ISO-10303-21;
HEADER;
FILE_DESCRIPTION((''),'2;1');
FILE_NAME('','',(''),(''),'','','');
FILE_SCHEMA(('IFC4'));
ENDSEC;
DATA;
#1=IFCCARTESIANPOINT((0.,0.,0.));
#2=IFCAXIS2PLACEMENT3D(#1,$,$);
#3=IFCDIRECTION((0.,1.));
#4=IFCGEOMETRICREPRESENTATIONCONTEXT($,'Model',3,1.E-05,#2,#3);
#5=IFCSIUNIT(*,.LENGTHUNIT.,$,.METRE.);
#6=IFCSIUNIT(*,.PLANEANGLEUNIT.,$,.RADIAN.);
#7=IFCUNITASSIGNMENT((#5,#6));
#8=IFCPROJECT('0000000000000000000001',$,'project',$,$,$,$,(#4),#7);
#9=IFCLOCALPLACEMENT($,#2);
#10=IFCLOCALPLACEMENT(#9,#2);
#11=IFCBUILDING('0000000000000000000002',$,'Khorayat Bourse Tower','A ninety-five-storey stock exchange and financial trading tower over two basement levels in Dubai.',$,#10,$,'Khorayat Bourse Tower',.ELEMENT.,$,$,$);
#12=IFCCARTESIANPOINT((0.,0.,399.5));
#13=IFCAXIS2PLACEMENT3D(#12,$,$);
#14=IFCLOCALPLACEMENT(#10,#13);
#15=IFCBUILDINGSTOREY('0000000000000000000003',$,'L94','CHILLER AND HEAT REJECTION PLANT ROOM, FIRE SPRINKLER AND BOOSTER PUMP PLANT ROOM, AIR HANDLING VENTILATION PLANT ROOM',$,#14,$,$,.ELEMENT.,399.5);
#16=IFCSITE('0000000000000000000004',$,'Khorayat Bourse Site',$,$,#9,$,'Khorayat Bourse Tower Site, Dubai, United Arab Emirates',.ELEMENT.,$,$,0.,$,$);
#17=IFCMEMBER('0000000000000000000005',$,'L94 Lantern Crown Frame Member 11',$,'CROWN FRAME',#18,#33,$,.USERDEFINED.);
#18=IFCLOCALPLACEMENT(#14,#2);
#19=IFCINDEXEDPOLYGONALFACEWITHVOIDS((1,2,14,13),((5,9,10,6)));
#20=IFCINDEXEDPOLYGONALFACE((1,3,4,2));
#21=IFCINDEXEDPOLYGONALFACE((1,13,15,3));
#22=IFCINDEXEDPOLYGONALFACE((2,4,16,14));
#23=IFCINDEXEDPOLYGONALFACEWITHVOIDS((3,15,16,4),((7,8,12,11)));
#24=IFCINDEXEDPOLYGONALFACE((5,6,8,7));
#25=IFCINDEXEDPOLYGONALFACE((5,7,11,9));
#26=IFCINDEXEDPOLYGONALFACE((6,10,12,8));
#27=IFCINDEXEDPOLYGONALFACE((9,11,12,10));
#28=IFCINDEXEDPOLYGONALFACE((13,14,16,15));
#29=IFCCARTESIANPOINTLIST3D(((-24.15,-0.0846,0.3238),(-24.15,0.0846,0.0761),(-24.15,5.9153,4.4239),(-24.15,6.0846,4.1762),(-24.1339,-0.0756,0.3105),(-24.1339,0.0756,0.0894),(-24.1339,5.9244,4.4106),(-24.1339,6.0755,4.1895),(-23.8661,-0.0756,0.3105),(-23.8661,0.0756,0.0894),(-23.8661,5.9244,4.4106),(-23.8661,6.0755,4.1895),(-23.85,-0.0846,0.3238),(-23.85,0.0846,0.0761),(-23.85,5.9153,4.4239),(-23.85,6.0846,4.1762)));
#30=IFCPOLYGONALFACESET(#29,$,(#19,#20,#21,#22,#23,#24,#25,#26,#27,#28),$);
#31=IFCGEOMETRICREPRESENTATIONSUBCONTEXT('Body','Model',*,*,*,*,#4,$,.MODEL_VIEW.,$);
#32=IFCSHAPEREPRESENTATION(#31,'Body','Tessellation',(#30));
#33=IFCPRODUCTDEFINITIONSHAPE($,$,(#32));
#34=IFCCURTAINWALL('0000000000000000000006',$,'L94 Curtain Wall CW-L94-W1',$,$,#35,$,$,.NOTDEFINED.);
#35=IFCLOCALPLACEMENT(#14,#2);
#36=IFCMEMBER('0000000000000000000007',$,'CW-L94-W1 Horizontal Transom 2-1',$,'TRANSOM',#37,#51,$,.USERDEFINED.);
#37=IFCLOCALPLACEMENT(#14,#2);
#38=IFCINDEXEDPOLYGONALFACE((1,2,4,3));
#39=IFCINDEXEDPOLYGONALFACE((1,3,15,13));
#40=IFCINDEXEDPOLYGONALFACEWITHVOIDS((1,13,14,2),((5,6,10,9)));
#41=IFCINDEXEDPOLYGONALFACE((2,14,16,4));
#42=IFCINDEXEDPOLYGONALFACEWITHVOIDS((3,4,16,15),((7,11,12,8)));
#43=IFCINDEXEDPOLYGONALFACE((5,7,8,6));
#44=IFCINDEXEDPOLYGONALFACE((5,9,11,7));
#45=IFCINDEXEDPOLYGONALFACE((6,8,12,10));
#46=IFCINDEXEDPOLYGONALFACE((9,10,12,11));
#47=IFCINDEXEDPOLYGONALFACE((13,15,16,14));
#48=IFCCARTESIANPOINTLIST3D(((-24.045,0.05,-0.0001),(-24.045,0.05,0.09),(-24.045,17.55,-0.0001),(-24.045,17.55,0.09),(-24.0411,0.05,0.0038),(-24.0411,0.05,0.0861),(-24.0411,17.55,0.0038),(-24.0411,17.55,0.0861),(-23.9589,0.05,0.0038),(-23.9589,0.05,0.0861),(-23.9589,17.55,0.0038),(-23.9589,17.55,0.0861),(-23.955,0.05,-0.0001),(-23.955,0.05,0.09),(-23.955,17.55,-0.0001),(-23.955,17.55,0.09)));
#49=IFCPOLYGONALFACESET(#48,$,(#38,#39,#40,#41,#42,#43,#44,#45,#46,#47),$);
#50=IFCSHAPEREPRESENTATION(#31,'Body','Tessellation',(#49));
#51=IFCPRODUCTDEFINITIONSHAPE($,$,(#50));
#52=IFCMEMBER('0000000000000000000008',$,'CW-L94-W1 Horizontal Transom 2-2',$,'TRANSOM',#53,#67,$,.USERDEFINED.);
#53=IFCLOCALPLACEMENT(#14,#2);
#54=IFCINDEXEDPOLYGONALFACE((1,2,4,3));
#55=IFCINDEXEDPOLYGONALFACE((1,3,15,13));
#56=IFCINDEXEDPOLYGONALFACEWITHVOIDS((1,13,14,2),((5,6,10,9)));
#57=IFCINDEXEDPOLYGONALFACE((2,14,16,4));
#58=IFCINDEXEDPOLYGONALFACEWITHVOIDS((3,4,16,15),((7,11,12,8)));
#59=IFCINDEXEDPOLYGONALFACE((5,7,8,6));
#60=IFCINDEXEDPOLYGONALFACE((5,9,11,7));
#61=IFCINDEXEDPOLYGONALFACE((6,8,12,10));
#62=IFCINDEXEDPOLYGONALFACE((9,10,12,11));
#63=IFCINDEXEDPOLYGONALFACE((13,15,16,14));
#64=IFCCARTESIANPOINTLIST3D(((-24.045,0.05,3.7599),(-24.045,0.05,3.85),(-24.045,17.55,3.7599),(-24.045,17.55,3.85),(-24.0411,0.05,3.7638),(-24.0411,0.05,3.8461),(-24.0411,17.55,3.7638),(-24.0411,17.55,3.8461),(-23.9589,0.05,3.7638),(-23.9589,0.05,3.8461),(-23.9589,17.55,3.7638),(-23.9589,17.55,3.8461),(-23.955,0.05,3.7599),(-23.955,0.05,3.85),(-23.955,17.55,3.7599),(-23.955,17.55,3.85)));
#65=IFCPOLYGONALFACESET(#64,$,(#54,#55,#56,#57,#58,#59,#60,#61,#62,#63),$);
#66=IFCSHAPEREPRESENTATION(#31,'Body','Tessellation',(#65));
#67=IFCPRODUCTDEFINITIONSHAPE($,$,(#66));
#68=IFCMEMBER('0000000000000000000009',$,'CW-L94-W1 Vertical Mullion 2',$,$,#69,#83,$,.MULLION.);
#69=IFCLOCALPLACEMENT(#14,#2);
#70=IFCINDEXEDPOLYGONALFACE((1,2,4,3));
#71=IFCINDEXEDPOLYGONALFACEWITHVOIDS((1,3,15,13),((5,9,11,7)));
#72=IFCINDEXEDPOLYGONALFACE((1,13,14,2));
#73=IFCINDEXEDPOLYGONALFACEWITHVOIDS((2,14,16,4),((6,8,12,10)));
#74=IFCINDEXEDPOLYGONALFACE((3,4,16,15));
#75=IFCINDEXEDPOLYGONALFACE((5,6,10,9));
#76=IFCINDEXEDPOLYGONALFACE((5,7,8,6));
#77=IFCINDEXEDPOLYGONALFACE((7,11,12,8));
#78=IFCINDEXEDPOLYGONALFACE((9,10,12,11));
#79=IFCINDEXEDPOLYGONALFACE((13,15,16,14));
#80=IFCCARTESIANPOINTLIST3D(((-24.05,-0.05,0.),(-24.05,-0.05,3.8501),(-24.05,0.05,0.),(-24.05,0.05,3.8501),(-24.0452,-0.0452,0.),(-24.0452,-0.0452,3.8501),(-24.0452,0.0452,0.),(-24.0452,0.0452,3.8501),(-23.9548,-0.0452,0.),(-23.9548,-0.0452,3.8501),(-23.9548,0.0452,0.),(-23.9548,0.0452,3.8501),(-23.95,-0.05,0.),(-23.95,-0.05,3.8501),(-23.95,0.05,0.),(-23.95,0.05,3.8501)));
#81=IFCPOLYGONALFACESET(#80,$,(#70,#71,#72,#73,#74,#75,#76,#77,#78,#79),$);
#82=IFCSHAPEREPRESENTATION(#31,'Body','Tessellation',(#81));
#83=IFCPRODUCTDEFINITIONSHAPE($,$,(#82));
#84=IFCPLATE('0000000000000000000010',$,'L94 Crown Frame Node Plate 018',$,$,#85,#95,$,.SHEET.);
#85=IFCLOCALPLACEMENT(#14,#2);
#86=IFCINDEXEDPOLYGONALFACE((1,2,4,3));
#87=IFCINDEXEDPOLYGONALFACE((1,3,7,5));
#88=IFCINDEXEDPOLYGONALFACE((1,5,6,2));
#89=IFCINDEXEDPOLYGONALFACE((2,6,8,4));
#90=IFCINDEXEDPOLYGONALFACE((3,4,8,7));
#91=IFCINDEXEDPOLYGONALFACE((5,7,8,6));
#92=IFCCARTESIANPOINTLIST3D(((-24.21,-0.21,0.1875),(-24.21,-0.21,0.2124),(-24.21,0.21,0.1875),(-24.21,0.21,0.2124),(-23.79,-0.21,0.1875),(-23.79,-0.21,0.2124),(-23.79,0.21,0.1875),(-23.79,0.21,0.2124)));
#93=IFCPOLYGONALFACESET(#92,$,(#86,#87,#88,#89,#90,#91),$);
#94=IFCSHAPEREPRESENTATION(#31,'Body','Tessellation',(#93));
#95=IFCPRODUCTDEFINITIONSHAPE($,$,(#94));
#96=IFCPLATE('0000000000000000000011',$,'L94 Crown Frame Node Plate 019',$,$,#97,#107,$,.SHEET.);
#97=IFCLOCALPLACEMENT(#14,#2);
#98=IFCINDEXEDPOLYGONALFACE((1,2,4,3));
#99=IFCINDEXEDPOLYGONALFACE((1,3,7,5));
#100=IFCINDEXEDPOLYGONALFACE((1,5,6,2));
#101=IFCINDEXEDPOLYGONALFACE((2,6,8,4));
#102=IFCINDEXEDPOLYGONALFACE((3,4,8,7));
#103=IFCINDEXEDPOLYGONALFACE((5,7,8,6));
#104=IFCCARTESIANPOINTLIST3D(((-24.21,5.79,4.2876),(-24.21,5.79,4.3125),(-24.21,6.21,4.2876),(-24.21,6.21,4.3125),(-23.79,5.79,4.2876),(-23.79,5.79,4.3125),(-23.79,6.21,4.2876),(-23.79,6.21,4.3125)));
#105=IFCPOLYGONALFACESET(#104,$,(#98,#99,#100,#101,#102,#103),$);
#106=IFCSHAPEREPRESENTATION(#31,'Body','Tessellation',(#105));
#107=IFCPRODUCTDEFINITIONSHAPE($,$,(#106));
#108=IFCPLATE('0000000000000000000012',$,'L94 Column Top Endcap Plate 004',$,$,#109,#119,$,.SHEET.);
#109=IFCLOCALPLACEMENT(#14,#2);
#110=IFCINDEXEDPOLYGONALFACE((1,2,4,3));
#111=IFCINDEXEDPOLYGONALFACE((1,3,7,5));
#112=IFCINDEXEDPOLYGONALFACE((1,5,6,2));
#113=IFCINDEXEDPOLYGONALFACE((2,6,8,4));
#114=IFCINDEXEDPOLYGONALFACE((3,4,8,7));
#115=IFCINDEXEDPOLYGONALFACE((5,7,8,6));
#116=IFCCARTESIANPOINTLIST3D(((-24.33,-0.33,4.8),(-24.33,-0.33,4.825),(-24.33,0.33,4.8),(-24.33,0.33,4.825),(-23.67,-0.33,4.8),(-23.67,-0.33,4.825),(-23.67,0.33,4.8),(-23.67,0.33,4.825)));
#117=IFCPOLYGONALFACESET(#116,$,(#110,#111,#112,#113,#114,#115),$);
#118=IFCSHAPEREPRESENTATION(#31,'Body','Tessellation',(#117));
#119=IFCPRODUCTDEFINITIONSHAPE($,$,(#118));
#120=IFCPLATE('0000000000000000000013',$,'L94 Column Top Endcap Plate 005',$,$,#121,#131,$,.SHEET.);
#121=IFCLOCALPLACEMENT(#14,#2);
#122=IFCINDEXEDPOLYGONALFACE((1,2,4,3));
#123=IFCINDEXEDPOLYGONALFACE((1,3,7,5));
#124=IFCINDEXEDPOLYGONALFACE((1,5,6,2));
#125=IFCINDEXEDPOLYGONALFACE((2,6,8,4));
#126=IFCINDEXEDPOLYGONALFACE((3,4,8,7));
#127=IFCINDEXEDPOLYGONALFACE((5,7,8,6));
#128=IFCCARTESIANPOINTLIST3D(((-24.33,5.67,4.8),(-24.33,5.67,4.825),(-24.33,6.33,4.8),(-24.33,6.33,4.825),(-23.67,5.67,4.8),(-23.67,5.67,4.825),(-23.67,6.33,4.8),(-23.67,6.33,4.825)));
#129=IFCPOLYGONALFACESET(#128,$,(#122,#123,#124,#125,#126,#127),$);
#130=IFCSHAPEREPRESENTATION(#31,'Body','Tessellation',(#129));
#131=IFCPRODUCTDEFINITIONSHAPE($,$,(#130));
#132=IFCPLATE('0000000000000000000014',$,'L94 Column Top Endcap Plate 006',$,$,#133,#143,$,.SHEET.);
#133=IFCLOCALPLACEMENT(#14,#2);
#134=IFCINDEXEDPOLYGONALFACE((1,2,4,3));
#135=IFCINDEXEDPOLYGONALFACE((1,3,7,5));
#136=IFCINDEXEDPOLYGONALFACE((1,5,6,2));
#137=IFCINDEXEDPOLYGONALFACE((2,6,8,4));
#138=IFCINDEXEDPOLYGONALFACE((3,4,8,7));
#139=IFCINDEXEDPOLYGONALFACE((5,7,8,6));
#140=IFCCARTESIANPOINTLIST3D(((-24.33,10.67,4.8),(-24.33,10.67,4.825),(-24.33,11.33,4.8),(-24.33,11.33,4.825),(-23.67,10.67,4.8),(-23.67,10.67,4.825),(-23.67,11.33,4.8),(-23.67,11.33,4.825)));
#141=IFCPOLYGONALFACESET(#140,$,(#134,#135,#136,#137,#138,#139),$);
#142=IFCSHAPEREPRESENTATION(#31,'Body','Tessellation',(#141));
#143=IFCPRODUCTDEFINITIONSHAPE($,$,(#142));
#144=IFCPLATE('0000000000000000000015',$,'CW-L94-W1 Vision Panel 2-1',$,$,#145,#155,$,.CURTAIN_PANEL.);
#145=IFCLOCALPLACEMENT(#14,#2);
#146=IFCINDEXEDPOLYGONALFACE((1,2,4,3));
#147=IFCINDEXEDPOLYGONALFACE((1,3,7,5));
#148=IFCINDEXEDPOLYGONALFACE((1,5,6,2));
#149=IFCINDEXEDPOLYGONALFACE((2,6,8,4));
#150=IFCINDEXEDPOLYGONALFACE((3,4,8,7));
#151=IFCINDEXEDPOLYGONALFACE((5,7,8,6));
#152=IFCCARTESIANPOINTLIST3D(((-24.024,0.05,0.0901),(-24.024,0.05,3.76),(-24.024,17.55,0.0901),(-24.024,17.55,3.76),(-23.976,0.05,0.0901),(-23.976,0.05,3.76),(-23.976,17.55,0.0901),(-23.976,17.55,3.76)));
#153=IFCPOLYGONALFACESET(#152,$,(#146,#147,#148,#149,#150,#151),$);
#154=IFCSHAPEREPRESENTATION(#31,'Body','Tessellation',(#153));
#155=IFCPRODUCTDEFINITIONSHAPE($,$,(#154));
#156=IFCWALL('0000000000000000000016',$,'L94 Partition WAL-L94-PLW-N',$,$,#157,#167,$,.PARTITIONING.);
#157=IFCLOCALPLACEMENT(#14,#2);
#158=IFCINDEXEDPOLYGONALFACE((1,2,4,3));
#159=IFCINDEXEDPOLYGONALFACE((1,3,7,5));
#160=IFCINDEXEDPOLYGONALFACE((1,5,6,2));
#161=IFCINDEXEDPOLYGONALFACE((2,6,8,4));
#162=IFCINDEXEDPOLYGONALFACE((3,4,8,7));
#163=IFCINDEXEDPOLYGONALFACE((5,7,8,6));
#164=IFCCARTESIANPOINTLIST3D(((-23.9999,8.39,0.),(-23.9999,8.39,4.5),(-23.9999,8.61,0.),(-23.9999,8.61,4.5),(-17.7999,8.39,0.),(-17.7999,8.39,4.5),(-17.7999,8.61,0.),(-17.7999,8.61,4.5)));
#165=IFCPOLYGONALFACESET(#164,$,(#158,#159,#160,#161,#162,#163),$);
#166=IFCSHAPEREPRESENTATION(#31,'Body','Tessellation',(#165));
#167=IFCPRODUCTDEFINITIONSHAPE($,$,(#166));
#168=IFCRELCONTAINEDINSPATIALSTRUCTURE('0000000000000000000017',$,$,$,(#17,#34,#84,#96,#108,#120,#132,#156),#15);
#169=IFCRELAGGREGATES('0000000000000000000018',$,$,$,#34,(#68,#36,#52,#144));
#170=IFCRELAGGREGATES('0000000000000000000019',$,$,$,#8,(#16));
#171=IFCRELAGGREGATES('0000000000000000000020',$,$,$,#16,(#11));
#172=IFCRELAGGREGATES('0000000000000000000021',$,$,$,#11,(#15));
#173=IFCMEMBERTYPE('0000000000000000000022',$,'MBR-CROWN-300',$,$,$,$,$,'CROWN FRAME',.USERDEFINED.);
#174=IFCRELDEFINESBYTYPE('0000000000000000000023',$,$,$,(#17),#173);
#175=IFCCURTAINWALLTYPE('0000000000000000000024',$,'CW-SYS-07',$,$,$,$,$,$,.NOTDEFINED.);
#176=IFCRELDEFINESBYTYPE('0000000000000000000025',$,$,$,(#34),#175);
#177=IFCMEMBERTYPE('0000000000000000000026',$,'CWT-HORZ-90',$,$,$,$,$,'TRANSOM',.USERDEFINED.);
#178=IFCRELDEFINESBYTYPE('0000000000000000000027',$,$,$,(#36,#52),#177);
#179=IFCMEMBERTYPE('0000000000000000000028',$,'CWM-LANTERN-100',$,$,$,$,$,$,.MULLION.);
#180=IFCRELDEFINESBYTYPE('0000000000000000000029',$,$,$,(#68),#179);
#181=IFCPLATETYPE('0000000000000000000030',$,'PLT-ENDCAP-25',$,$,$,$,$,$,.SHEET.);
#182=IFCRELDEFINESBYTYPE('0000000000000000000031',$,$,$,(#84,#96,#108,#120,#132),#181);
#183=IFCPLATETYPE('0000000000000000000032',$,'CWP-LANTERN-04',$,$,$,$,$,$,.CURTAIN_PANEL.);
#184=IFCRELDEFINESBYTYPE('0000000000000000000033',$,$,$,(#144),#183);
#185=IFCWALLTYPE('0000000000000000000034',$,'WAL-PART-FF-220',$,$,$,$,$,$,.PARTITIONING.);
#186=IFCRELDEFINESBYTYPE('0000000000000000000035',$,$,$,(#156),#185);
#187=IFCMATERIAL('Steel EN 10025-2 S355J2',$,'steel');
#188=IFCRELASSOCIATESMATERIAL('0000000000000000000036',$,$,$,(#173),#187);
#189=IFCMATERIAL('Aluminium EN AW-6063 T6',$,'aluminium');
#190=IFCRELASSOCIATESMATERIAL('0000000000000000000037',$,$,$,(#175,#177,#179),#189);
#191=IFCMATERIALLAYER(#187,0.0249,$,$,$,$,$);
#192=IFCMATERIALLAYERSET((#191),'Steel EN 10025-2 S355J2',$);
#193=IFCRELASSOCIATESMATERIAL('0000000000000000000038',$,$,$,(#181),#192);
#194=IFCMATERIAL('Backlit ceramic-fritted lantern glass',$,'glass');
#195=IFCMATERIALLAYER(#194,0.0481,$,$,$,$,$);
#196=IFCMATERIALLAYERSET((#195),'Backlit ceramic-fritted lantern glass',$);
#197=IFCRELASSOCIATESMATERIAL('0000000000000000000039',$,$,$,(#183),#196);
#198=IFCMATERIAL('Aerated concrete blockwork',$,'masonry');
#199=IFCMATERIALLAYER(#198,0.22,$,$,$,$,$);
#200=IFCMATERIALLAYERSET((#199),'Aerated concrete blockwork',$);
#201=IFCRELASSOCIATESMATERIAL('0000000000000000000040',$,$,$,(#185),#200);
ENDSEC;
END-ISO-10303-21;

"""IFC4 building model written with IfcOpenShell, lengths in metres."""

from ifc_helpers import new_model, si_unit, direction, frame, frame_2d, origin, origin_2d, place, context, subcontext, project, spatial, rectangle, hollow_rectangle, extrude, source, transform, mapped, material, layer, layer_set, material_profile, profile_set, type_object, element, aggregate, save


model = new_model("IFC4")

# Units and contexts
model_context = context("Model", 3, precision=1e-05, world=origin(), true_north=direction((0.0, 1.0)))
body_context = subcontext(model_context, "Body", "Model", "MODEL_VIEW")
ifc_project = project(units=[si_unit("LENGTHUNIT", "METRE"), si_unit("PLANEANGLEUNIT", "RADIAN")], contexts=[model_context])

# Site, building, storey
site_placement = place(None, origin())
site = spatial("IfcSite", under=ifc_project, at=site_placement, Name="Khorayat Bourse Site", LongName="Khorayat Bourse Tower Site, Dubai, United Arab Emirates", CompositionType="ELEMENT", RefElevation=0.0)
building_placement = place(site_placement, origin())
building = spatial("IfcBuilding", under=site, at=building_placement, Name="Khorayat Bourse Tower", Description="A ninety-five-storey stock exchange and financial trading tower over two basement levels in Dubai.", LongName="Khorayat Bourse Tower", CompositionType="ELEMENT")
storey_placement = place(building_placement, frame((0.0, 0.0, 399.5)))
storey = spatial("IfcBuildingStorey", under=building, at=storey_placement, Name="L94", Description="CHILLER AND HEAT REJECTION PLANT ROOM, FIRE SPRINKLER AND BOOSTER PUMP PLANT ROOM, AIR HANDLING VENTILATION PLANT ROOM", CompositionType="ELEMENT", Elevation=399.5)

# Shared definitions
ifc_material_1 = material(Name="Steel EN 10025-2 S355J2", Category="steel")

# Member
ifc_material_profile_1 = material_profile(ifc_material_1, hollow_rectangle(XDim=0.3, YDim=0.3, WallThickness=0.0161, at=origin_2d()), Name="HSS 300x300x16")
ifc_profile_set_1 = profile_set([ifc_material_profile_1], Name="Steel EN 10025-2 S355J2")
member_type_1 = type_object("IfcMemberType", Name="MBR-CROWN-300", ElementType="CROWN FRAME", PredefinedType="USERDEFINED", material=ifc_profile_set_1)
shared_shape_1 = source(origin(), body_context, "Body", "SweptSolid", [
    extrude(hollow_rectangle(XDim=0.3, YDim=0.3, WallThickness=0.0161, at=origin_2d()), origin(), (0.0, 0.0, 1.0), 7.2671),
])
member_1_placement = place(storey_placement, frame((-24.0, 0.0, 0.2), z_axis=(0.0, 0.825638, 0.5642), x_axis=(-1.0, 0.0, 0.0)))
element("IfcMember", 1, at=member_1_placement, inside=storey, type_object=member_type_1, Name="L94 Lantern Crown Frame Member 11", ObjectType="CROWN FRAME", PredefinedType="USERDEFINED", context=body_context, shape_type="MappedRepresentation", body=[
    mapped(shared_shape_1, transform((0.0, 0.0, 0.0), scale=1.0)),
])

# Curtain wall, members
ifc_material_2 = material(Name="Aluminium EN AW-6063 T6", Category="aluminium")
curtain_wall_type = type_object("IfcCurtainWallType", Name="CW-SYS-07", PredefinedType="NOTDEFINED", material=ifc_material_2)
curtain_wall_placement = place(storey_placement, origin())
curtain_wall = element("IfcCurtainWall", 2, at=curtain_wall_placement, inside=storey, type_object=curtain_wall_type, Name="L94 Curtain Wall CW-L94-W1", PredefinedType="NOTDEFINED")
ifc_material_profile_2 = material_profile(ifc_material_2, hollow_rectangle(XDim=0.0901, YDim=0.0901, WallThickness=0.0039, at=origin_2d()), Name="ALU 90x90x4")
ifc_profile_set_2 = profile_set([ifc_material_profile_2], Name="Aluminium EN AW-6063 T6")
member_type_2 = type_object("IfcMemberType", Name="CWT-HORZ-90", ElementType="TRANSOM", PredefinedType="USERDEFINED", material=ifc_profile_set_2)
shared_shape_2 = source(origin(), body_context, "Body", "SweptSolid", [
    extrude(hollow_rectangle(XDim=0.0901, YDim=0.0901, WallThickness=0.0039, at=origin_2d()), origin(), (0.0, 0.0, 1.0), 17.5),
])
member_2_placement = place(storey_placement, frame((-24.0, 0.05, 0.0449), z_axis=(0.0, 1.0, 0.0), x_axis=(-1.0, 0.0, 0.0)))
member_2 = element("IfcMember", 3, at=member_2_placement, type_object=member_type_2, Name="CW-L94-W1 Horizontal Transom 2-1", ObjectType="TRANSOM", PredefinedType="USERDEFINED", context=body_context, shape_type="MappedRepresentation", body=[
    mapped(shared_shape_2, transform((0.0, 0.0, 0.0), scale=1.0)),
])
member_3_placement = place(storey_placement, frame((-24.0, 0.05, 3.8049), z_axis=(0.0, 1.0, 0.0), x_axis=(-1.0, 0.0, 0.0)))
member_3 = element("IfcMember", 4, at=member_3_placement, type_object=member_type_2, Name="CW-L94-W1 Horizontal Transom 2-2", ObjectType="TRANSOM", PredefinedType="USERDEFINED", context=body_context, shape_type="MappedRepresentation", body=[
    mapped(shared_shape_2, transform((0.0, 0.0, 0.0), scale=1.0)),
])
ifc_material_profile_3 = material_profile(ifc_material_2, hollow_rectangle(XDim=0.1001, YDim=0.1001, WallThickness=0.0049, at=origin_2d()), Name="ALU 100x100x5")
ifc_profile_set_3 = profile_set([ifc_material_profile_3], Name="Aluminium EN AW-6063 T6")
member_type_3 = type_object("IfcMemberType", Name="CWM-LANTERN-100", PredefinedType="MULLION", material=ifc_profile_set_3)
shared_shape_3 = source(origin(), body_context, "Body", "SweptSolid", [
    extrude(hollow_rectangle(XDim=0.1001, YDim=0.1001, WallThickness=0.0049, at=origin_2d()), origin(), (0.0, 0.0, 1.0), 3.8501),
])
member_4_placement = place(storey_placement, frame((-24.0, 0.0, 0.0), z_axis=(0.0, 0.0, 1.0), x_axis=(-1.0, 0.0, 0.0)))
member_4 = element("IfcMember", 5, at=member_4_placement, type_object=member_type_3, Name="CW-L94-W1 Vertical Mullion 2", PredefinedType="MULLION", context=body_context, shape_type="MappedRepresentation", body=[
    mapped(shared_shape_3, transform((0.0, 0.0, 0.0), scale=1.0)),
])

# Plates
ifc_layer_1 = layer(ifc_material_1, 0.0249)
ifc_layer_set_1 = layer_set([ifc_layer_1], Name="Steel EN 10025-2 S355J2")
plate_type_1 = type_object("IfcPlateType", Name="PLT-ENDCAP-25", PredefinedType="SHEET", material=ifc_layer_set_1)
shared_shape_4 = source(origin(), body_context, "Body", "SweptSolid", [
    extrude(rectangle(XDim=0.4199, YDim=0.4199, at=origin_2d()), origin(), (0.0, 0.0, 1.0), 0.0249),
])
for number, where, z_axis, x_axis, name in (
    (6, (-24.0, 0.0, 0.1875), (0.0, 0.0, 1.0), (1.0, 0.0, 0.0), "L94 Crown Frame Node Plate 018"),
    (7, (-24.0, 6.0, 4.2876), (0.0, 0.0, 1.0), (1.0, 0.0, 0.0), "L94 Crown Frame Node Plate 019"),
):
    element("IfcPlate", number, at=place(storey_placement, frame(where, z_axis=z_axis, x_axis=x_axis)), inside=storey, type_object=plate_type_1, Name=name, PredefinedType="SHEET", context=body_context, shape_type="MappedRepresentation", body=[
        mapped(shared_shape_4, transform((0.0, 0.0, 0.0), scale=1.0)),
    ])
shared_shape_5 = source(origin(), body_context, "Body", "SweptSolid", [
    extrude(rectangle(XDim=0.6599, YDim=0.6599, at=origin_2d()), origin(), (0.0, 0.0, 1.0), 0.0249),
])
for number, where, z_axis, x_axis, name in (
    (8, (-24.0, 0.0, 4.8), (0.0, 0.0, 1.0), (1.0, 0.0, 0.0), "L94 Column Top Endcap Plate 004"),
    (9, (-24.0, 6.0, 4.8), (0.0, 0.0, 1.0), (1.0, 0.0, 0.0), "L94 Column Top Endcap Plate 005"),
    (10, (-24.0, 11.0, 4.8), (0.0, 0.0, 1.0), (1.0, 0.0, 0.0), "L94 Column Top Endcap Plate 006"),
):
    element("IfcPlate", number, at=place(storey_placement, frame(where, z_axis=z_axis, x_axis=x_axis)), inside=storey, type_object=plate_type_1, Name=name, PredefinedType="SHEET", context=body_context, shape_type="MappedRepresentation", body=[
        mapped(shared_shape_5, transform((0.0, 0.0, 0.0), scale=1.0)),
    ])

# Plate
ifc_material_3 = material(Name="Backlit ceramic-fritted lantern glass", Category="glass")
ifc_layer_2 = layer(ifc_material_3, 0.0481)
ifc_layer_set_2 = layer_set([ifc_layer_2], Name="Backlit ceramic-fritted lantern glass")
plate_type_2 = type_object("IfcPlateType", Name="CWP-LANTERN-04", PredefinedType="CURTAIN_PANEL", material=ifc_layer_set_2)
shared_shape_6 = source(origin(), body_context, "Body", "SweptSolid", [
    extrude(rectangle(XDim=17.5, YDim=0.0481, at=origin_2d()), origin(), (0.0, 0.0, 1.0), 3.6699),
])
plate_placement = place(storey_placement, frame((-24.0, 8.8, 0.0901), z_axis=(0.0, 0.0, 1.0), x_axis=(0.0, 1.0, 0.0)))
plate = element("IfcPlate", 11, at=plate_placement, type_object=plate_type_2, Name="CW-L94-W1 Vision Panel 2-1", PredefinedType="CURTAIN_PANEL", context=body_context, shape_type="MappedRepresentation", body=[
    mapped(shared_shape_6, transform((0.0, 0.0, 0.0), scale=1.0)),
])
aggregate(curtain_wall, [member_4, member_2, member_3, plate])

# Wall
ifc_material_4 = material(Name="Aerated concrete blockwork", Category="masonry")
ifc_layer_3 = layer(ifc_material_4, 0.22)
ifc_layer_set_3 = layer_set([ifc_layer_3], Name="Aerated concrete blockwork")
wall_type = type_object("IfcWallType", Name="WAL-PART-FF-220", PredefinedType="PARTITIONING", material=ifc_layer_set_3)
shared_shape_7 = source(origin(), body_context, "Body", "SweptSolid", [
    extrude(rectangle(XDim=6.2, YDim=0.22, at=frame_2d((3.1001, 0.0))), origin(), (0.0, 0.0, 1.0), 4.5),
])
wall_placement = place(storey_placement, frame((-24.0, 8.5, 0.0), z_axis=(0.0, 0.0, 1.0), x_axis=(1.0, 0.0, 0.0)))
element("IfcWall", 12, at=wall_placement, inside=storey, type_object=wall_type, Name="L94 Partition WAL-L94-PLW-N", PredefinedType="PARTITIONING", context=body_context, shape_type="MappedRepresentation", body=[
    mapped(shared_shape_7, transform((0.0, 0.0, 0.0), scale=1.0)),
])

save(model, "model.ifc")
